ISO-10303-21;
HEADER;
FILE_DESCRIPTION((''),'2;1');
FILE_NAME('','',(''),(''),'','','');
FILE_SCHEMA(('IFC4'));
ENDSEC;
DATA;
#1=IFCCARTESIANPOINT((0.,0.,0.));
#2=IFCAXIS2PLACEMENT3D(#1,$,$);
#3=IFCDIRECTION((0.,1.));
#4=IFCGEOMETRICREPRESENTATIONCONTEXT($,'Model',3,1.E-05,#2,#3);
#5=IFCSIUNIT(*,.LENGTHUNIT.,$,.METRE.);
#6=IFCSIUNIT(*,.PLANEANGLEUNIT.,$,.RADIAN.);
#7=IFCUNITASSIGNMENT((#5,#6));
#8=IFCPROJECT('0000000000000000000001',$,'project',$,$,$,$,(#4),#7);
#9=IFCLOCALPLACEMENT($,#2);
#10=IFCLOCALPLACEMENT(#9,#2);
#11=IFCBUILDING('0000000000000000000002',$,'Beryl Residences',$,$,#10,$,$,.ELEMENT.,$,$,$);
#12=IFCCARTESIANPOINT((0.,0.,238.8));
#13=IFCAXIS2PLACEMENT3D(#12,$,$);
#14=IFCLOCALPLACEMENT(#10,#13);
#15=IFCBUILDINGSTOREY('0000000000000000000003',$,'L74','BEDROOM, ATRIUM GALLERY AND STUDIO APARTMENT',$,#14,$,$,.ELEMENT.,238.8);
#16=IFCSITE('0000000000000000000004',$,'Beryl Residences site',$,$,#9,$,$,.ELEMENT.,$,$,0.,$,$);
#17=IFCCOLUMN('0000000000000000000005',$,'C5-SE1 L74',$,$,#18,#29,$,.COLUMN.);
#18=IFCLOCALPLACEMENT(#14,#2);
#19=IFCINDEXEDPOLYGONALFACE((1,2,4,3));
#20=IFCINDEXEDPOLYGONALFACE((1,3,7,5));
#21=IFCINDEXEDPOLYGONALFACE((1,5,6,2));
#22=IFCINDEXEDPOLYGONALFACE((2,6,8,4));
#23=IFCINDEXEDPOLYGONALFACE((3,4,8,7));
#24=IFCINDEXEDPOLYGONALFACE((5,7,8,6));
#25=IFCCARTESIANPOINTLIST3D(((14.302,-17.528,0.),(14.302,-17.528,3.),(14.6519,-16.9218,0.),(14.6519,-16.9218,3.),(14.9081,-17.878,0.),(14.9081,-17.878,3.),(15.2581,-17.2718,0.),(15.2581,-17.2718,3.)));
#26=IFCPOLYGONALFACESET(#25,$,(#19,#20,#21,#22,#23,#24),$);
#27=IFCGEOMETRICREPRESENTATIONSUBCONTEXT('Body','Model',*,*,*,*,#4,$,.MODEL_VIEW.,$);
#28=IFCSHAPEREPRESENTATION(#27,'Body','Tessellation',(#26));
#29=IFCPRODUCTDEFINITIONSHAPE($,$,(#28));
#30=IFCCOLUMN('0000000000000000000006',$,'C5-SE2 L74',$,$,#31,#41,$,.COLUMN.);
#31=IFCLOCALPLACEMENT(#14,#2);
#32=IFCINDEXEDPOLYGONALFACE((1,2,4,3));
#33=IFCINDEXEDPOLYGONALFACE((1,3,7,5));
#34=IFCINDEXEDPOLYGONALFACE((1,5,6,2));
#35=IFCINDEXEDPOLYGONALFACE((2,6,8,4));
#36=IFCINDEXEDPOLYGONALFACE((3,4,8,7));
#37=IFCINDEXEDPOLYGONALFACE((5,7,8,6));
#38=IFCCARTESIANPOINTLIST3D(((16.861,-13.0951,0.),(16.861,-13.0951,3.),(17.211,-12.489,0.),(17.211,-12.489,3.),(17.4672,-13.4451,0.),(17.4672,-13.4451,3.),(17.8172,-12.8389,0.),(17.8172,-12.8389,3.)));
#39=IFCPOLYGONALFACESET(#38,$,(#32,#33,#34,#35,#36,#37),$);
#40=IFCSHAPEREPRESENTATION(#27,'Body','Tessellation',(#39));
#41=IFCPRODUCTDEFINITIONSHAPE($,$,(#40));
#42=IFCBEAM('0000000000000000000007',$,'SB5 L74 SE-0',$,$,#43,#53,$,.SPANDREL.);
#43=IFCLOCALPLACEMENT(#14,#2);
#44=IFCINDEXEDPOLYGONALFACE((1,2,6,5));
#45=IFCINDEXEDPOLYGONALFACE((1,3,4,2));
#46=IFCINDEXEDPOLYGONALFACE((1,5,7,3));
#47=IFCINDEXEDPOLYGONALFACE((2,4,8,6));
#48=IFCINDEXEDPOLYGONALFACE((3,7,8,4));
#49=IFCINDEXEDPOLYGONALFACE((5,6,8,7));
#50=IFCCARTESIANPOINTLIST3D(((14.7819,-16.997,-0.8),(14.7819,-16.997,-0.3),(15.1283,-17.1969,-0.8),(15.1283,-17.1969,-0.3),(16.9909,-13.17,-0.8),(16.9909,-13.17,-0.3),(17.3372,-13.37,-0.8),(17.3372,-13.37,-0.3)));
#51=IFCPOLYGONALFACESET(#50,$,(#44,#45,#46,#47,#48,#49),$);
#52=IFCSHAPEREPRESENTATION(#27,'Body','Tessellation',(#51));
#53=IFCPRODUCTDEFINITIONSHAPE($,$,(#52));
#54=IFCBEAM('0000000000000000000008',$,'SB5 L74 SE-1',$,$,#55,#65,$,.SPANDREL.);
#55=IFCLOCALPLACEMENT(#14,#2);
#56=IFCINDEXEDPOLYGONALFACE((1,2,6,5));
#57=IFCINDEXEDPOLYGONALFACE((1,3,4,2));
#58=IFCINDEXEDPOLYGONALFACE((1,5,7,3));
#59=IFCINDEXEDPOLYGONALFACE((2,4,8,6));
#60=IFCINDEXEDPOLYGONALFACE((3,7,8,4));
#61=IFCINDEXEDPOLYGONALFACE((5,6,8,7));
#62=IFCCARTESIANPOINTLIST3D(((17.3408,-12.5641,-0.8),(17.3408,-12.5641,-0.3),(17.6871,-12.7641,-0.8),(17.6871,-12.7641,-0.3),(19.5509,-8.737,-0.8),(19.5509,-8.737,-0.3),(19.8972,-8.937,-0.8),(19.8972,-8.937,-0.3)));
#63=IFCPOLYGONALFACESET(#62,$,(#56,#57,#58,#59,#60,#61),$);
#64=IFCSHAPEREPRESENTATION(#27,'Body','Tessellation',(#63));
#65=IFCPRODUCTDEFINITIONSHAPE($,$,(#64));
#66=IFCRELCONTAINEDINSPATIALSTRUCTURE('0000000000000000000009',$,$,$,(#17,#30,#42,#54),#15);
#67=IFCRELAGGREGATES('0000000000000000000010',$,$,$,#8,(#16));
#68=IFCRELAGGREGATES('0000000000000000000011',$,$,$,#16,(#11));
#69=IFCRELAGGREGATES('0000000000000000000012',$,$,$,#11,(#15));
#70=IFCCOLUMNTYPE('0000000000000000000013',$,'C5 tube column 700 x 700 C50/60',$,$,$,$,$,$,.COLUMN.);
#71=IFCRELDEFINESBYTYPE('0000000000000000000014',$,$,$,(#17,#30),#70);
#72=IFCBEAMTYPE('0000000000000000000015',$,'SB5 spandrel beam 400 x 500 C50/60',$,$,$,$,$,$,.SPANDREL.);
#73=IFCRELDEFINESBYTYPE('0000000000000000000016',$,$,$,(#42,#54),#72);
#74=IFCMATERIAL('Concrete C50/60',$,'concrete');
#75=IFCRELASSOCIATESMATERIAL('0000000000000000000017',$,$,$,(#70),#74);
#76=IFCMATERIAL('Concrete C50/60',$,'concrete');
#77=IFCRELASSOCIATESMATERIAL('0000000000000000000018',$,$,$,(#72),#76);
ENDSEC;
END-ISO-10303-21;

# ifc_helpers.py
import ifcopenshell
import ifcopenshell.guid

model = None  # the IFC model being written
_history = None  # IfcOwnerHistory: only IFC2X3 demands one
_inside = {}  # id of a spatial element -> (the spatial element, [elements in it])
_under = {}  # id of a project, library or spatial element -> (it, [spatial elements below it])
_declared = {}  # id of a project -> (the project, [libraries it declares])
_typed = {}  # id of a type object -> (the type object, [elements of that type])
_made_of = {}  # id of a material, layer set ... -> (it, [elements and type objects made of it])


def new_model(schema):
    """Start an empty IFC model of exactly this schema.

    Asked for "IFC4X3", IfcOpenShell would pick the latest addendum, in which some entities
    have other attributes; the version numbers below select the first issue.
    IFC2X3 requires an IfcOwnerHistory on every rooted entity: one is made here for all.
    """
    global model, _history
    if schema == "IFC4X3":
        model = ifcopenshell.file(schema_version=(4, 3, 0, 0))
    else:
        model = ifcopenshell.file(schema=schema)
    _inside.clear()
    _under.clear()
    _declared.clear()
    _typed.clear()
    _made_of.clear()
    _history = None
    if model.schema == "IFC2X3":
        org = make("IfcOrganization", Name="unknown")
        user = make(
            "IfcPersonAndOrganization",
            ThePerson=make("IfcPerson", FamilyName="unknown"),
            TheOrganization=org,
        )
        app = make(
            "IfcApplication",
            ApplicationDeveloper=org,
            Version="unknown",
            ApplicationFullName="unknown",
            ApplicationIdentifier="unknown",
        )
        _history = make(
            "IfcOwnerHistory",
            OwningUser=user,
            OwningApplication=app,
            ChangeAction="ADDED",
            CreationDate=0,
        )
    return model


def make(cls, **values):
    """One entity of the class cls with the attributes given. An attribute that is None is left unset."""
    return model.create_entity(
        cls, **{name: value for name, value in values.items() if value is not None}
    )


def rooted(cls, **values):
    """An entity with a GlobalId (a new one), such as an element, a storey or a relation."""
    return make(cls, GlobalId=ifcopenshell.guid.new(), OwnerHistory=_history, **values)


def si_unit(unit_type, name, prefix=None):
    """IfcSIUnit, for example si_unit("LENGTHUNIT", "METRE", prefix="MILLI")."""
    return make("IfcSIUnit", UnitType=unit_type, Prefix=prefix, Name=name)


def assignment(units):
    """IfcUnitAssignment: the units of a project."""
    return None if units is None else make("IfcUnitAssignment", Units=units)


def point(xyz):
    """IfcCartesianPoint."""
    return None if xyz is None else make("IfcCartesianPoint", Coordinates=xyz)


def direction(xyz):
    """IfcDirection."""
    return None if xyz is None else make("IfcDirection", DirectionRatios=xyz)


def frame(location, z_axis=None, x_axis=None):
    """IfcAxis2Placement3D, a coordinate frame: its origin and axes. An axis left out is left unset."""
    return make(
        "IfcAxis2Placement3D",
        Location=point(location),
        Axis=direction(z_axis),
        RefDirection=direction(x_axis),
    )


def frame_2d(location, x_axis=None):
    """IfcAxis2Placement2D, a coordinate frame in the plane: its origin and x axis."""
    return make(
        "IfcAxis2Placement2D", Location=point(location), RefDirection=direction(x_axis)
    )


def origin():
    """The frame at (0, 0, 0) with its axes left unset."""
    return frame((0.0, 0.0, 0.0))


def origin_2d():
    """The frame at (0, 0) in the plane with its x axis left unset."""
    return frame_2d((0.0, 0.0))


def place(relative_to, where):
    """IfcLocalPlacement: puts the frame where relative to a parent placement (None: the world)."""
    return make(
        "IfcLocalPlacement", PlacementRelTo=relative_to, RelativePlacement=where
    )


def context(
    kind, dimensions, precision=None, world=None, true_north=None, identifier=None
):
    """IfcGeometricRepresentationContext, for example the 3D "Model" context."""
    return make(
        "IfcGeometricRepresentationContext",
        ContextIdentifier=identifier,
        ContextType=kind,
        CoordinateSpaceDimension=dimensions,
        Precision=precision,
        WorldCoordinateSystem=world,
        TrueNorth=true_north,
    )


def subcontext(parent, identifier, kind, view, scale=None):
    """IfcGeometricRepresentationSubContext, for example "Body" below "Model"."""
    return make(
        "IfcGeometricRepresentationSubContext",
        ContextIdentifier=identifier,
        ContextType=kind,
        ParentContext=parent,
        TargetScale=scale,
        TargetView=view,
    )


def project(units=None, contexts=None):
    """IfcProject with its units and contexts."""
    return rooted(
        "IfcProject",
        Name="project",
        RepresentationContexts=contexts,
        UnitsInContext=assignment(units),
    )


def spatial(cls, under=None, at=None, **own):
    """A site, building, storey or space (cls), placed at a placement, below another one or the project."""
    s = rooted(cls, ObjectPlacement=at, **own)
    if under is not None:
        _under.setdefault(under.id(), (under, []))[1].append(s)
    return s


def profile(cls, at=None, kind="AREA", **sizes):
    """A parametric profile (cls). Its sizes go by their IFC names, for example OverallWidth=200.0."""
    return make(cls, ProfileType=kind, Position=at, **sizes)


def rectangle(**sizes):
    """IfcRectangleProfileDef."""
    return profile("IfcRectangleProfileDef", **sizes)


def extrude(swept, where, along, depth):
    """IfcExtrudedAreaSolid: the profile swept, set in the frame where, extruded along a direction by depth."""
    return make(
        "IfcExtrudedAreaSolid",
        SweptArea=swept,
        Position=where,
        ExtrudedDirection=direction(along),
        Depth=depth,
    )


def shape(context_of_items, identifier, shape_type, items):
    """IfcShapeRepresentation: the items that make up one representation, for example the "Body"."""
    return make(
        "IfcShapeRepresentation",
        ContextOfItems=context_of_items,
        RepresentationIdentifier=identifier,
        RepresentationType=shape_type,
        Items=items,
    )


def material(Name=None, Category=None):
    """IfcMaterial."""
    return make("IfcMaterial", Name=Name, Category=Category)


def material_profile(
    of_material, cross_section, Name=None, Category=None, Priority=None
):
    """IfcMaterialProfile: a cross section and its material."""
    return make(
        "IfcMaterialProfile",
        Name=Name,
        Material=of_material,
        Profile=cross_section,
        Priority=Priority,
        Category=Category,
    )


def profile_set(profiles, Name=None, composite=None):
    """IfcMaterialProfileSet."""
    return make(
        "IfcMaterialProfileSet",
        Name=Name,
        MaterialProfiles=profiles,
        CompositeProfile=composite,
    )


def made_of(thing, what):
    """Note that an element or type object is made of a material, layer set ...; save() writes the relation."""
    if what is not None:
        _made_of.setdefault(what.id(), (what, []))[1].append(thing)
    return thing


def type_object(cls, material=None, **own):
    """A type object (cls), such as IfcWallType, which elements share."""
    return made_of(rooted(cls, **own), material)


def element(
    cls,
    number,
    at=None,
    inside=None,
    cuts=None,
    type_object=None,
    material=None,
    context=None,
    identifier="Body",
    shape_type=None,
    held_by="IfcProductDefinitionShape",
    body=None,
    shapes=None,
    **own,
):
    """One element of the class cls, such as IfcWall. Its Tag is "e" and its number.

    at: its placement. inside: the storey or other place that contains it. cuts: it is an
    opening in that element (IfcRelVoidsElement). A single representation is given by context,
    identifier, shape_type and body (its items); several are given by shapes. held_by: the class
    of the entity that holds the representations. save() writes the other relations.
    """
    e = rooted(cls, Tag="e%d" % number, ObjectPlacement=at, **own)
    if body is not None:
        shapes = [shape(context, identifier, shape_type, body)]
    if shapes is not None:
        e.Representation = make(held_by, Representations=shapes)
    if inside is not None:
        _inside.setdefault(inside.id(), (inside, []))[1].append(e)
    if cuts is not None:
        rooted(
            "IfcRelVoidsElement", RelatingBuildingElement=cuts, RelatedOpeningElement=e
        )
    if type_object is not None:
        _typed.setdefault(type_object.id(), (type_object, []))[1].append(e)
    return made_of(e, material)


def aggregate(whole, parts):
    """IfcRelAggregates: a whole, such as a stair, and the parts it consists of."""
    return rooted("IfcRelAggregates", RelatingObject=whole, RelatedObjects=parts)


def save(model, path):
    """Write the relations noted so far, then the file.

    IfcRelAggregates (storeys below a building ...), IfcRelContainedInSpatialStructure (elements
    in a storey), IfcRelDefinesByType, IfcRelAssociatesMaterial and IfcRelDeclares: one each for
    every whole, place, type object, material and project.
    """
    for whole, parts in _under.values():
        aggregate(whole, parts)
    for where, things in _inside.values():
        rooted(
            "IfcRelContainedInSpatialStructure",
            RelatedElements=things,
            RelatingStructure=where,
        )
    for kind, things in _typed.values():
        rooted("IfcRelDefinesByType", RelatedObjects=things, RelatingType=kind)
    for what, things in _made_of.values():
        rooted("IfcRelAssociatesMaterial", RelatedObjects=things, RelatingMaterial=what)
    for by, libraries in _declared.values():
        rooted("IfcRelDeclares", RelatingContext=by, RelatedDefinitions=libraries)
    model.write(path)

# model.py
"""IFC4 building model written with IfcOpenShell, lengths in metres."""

from ifc_helpers import new_model, si_unit, direction, frame, origin, origin_2d, place, context, subcontext, project, spatial, rectangle, extrude, material, material_profile, profile_set, type_object, element, save


model = new_model("IFC4")

# Units and contexts
model_context = context("Model", 3, precision=1e-05, world=origin(), true_north=direction((0.0, 1.0)))
body_context = subcontext(model_context, "Body", "Model", "MODEL_VIEW")
ifc_project = project(units=[si_unit("LENGTHUNIT", "METRE"), si_unit("PLANEANGLEUNIT", "RADIAN")], contexts=[model_context])

# Site, building, storey
site_placement = place(None, origin())
site = spatial("IfcSite", under=ifc_project, at=site_placement, Name="Beryl Residences site", CompositionType="ELEMENT", RefElevation=0.0)
building_placement = place(site_placement, origin())
building = spatial("IfcBuilding", under=site, at=building_placement, Name="Beryl Residences", CompositionType="ELEMENT")
storey_placement = place(building_placement, frame((0.0, 0.0, 238.8)))
storey = spatial("IfcBuildingStorey", under=building, at=storey_placement, Name="L74", Description="BEDROOM, ATRIUM GALLERY AND STUDIO APARTMENT", CompositionType="ELEMENT", Elevation=238.8)

# Columns
ifc_material_1 = material(Name="Concrete C50/60", Category="concrete")
ifc_material_profile_1 = material_profile(ifc_material_1, rectangle(XDim=0.7, YDim=0.7, at=origin_2d()))
ifc_profile_set_1 = profile_set([ifc_material_profile_1], Name="Concrete C50/60")
column_type = type_object("IfcColumnType", Name="C5 tube column 700 x 700 C50/60", PredefinedType="COLUMN", material=ifc_profile_set_1)
for number, where, z_axis, x_axis, name in (
    (1, (14.78, -17.3999, 0.0), (0.0, 0.0, 1.0), (0.499985, 0.866034, 0.0), "C5-SE1 L74"),
    (2, (17.3391, -12.967, 0.0), (0.0, 0.0, 1.0), (0.499985, 0.866034, 0.0), "C5-SE2 L74"),
):
    element("IfcColumn", number, at=place(storey_placement, frame(where, z_axis=z_axis, x_axis=x_axis)), inside=storey, type_object=column_type, Name=name, PredefinedType="COLUMN", context=body_context, shape_type="SweptSolid", body=[
        extrude(rectangle(XDim=0.7, YDim=0.7, at=origin_2d()), origin(), (0.0, 0.0, 1.0), 3.0),
    ])

# Beams
ifc_material_2 = material(Name="Concrete C50/60", Category="concrete")
ifc_material_profile_2 = material_profile(ifc_material_2, rectangle(XDim=0.3999, YDim=0.5, at=origin_2d()))
ifc_profile_set_2 = profile_set([ifc_material_profile_2], Name="Concrete C50/60")
beam_type = type_object("IfcBeamType", Name="SB5 spandrel beam 400 x 500 C50/60", PredefinedType="SPANDREL", material=ifc_profile_set_2)
beam_1_placement = place(storey_placement, frame((14.9551, -17.0969, -0.55), z_axis=(0.499919, 0.866072, 0.0), x_axis=(-0.866072, 0.499919, 0.0)))
element("IfcBeam", 3, at=beam_1_placement, inside=storey, type_object=beam_type, Name="SB5 L74 SE-0", PredefinedType="SPANDREL", context=body_context, shape_type="SweptSolid", body=[
    extrude(rectangle(XDim=0.3999, YDim=0.5, at=origin_2d()), origin(), (0.0, 0.0, 1.0), 4.4187),
])
beam_2_placement = place(storey_placement, frame((17.5139, -12.6641, -0.55), z_axis=(0.500102, 0.865967, 0.0), x_axis=(-0.865967, 0.500102, 0.0)))
element("IfcBeam", 4, at=beam_2_placement, inside=storey, type_object=beam_type, Name="SB5 L74 SE-1", PredefinedType="SPANDREL", context=body_context, shape_type="SweptSolid", body=[
    extrude(rectangle(XDim=0.3999, YDim=0.5, at=origin_2d()), origin(), (0.0, 0.0, 1.0), 4.4194),
])

save(model, "model.ifc")
